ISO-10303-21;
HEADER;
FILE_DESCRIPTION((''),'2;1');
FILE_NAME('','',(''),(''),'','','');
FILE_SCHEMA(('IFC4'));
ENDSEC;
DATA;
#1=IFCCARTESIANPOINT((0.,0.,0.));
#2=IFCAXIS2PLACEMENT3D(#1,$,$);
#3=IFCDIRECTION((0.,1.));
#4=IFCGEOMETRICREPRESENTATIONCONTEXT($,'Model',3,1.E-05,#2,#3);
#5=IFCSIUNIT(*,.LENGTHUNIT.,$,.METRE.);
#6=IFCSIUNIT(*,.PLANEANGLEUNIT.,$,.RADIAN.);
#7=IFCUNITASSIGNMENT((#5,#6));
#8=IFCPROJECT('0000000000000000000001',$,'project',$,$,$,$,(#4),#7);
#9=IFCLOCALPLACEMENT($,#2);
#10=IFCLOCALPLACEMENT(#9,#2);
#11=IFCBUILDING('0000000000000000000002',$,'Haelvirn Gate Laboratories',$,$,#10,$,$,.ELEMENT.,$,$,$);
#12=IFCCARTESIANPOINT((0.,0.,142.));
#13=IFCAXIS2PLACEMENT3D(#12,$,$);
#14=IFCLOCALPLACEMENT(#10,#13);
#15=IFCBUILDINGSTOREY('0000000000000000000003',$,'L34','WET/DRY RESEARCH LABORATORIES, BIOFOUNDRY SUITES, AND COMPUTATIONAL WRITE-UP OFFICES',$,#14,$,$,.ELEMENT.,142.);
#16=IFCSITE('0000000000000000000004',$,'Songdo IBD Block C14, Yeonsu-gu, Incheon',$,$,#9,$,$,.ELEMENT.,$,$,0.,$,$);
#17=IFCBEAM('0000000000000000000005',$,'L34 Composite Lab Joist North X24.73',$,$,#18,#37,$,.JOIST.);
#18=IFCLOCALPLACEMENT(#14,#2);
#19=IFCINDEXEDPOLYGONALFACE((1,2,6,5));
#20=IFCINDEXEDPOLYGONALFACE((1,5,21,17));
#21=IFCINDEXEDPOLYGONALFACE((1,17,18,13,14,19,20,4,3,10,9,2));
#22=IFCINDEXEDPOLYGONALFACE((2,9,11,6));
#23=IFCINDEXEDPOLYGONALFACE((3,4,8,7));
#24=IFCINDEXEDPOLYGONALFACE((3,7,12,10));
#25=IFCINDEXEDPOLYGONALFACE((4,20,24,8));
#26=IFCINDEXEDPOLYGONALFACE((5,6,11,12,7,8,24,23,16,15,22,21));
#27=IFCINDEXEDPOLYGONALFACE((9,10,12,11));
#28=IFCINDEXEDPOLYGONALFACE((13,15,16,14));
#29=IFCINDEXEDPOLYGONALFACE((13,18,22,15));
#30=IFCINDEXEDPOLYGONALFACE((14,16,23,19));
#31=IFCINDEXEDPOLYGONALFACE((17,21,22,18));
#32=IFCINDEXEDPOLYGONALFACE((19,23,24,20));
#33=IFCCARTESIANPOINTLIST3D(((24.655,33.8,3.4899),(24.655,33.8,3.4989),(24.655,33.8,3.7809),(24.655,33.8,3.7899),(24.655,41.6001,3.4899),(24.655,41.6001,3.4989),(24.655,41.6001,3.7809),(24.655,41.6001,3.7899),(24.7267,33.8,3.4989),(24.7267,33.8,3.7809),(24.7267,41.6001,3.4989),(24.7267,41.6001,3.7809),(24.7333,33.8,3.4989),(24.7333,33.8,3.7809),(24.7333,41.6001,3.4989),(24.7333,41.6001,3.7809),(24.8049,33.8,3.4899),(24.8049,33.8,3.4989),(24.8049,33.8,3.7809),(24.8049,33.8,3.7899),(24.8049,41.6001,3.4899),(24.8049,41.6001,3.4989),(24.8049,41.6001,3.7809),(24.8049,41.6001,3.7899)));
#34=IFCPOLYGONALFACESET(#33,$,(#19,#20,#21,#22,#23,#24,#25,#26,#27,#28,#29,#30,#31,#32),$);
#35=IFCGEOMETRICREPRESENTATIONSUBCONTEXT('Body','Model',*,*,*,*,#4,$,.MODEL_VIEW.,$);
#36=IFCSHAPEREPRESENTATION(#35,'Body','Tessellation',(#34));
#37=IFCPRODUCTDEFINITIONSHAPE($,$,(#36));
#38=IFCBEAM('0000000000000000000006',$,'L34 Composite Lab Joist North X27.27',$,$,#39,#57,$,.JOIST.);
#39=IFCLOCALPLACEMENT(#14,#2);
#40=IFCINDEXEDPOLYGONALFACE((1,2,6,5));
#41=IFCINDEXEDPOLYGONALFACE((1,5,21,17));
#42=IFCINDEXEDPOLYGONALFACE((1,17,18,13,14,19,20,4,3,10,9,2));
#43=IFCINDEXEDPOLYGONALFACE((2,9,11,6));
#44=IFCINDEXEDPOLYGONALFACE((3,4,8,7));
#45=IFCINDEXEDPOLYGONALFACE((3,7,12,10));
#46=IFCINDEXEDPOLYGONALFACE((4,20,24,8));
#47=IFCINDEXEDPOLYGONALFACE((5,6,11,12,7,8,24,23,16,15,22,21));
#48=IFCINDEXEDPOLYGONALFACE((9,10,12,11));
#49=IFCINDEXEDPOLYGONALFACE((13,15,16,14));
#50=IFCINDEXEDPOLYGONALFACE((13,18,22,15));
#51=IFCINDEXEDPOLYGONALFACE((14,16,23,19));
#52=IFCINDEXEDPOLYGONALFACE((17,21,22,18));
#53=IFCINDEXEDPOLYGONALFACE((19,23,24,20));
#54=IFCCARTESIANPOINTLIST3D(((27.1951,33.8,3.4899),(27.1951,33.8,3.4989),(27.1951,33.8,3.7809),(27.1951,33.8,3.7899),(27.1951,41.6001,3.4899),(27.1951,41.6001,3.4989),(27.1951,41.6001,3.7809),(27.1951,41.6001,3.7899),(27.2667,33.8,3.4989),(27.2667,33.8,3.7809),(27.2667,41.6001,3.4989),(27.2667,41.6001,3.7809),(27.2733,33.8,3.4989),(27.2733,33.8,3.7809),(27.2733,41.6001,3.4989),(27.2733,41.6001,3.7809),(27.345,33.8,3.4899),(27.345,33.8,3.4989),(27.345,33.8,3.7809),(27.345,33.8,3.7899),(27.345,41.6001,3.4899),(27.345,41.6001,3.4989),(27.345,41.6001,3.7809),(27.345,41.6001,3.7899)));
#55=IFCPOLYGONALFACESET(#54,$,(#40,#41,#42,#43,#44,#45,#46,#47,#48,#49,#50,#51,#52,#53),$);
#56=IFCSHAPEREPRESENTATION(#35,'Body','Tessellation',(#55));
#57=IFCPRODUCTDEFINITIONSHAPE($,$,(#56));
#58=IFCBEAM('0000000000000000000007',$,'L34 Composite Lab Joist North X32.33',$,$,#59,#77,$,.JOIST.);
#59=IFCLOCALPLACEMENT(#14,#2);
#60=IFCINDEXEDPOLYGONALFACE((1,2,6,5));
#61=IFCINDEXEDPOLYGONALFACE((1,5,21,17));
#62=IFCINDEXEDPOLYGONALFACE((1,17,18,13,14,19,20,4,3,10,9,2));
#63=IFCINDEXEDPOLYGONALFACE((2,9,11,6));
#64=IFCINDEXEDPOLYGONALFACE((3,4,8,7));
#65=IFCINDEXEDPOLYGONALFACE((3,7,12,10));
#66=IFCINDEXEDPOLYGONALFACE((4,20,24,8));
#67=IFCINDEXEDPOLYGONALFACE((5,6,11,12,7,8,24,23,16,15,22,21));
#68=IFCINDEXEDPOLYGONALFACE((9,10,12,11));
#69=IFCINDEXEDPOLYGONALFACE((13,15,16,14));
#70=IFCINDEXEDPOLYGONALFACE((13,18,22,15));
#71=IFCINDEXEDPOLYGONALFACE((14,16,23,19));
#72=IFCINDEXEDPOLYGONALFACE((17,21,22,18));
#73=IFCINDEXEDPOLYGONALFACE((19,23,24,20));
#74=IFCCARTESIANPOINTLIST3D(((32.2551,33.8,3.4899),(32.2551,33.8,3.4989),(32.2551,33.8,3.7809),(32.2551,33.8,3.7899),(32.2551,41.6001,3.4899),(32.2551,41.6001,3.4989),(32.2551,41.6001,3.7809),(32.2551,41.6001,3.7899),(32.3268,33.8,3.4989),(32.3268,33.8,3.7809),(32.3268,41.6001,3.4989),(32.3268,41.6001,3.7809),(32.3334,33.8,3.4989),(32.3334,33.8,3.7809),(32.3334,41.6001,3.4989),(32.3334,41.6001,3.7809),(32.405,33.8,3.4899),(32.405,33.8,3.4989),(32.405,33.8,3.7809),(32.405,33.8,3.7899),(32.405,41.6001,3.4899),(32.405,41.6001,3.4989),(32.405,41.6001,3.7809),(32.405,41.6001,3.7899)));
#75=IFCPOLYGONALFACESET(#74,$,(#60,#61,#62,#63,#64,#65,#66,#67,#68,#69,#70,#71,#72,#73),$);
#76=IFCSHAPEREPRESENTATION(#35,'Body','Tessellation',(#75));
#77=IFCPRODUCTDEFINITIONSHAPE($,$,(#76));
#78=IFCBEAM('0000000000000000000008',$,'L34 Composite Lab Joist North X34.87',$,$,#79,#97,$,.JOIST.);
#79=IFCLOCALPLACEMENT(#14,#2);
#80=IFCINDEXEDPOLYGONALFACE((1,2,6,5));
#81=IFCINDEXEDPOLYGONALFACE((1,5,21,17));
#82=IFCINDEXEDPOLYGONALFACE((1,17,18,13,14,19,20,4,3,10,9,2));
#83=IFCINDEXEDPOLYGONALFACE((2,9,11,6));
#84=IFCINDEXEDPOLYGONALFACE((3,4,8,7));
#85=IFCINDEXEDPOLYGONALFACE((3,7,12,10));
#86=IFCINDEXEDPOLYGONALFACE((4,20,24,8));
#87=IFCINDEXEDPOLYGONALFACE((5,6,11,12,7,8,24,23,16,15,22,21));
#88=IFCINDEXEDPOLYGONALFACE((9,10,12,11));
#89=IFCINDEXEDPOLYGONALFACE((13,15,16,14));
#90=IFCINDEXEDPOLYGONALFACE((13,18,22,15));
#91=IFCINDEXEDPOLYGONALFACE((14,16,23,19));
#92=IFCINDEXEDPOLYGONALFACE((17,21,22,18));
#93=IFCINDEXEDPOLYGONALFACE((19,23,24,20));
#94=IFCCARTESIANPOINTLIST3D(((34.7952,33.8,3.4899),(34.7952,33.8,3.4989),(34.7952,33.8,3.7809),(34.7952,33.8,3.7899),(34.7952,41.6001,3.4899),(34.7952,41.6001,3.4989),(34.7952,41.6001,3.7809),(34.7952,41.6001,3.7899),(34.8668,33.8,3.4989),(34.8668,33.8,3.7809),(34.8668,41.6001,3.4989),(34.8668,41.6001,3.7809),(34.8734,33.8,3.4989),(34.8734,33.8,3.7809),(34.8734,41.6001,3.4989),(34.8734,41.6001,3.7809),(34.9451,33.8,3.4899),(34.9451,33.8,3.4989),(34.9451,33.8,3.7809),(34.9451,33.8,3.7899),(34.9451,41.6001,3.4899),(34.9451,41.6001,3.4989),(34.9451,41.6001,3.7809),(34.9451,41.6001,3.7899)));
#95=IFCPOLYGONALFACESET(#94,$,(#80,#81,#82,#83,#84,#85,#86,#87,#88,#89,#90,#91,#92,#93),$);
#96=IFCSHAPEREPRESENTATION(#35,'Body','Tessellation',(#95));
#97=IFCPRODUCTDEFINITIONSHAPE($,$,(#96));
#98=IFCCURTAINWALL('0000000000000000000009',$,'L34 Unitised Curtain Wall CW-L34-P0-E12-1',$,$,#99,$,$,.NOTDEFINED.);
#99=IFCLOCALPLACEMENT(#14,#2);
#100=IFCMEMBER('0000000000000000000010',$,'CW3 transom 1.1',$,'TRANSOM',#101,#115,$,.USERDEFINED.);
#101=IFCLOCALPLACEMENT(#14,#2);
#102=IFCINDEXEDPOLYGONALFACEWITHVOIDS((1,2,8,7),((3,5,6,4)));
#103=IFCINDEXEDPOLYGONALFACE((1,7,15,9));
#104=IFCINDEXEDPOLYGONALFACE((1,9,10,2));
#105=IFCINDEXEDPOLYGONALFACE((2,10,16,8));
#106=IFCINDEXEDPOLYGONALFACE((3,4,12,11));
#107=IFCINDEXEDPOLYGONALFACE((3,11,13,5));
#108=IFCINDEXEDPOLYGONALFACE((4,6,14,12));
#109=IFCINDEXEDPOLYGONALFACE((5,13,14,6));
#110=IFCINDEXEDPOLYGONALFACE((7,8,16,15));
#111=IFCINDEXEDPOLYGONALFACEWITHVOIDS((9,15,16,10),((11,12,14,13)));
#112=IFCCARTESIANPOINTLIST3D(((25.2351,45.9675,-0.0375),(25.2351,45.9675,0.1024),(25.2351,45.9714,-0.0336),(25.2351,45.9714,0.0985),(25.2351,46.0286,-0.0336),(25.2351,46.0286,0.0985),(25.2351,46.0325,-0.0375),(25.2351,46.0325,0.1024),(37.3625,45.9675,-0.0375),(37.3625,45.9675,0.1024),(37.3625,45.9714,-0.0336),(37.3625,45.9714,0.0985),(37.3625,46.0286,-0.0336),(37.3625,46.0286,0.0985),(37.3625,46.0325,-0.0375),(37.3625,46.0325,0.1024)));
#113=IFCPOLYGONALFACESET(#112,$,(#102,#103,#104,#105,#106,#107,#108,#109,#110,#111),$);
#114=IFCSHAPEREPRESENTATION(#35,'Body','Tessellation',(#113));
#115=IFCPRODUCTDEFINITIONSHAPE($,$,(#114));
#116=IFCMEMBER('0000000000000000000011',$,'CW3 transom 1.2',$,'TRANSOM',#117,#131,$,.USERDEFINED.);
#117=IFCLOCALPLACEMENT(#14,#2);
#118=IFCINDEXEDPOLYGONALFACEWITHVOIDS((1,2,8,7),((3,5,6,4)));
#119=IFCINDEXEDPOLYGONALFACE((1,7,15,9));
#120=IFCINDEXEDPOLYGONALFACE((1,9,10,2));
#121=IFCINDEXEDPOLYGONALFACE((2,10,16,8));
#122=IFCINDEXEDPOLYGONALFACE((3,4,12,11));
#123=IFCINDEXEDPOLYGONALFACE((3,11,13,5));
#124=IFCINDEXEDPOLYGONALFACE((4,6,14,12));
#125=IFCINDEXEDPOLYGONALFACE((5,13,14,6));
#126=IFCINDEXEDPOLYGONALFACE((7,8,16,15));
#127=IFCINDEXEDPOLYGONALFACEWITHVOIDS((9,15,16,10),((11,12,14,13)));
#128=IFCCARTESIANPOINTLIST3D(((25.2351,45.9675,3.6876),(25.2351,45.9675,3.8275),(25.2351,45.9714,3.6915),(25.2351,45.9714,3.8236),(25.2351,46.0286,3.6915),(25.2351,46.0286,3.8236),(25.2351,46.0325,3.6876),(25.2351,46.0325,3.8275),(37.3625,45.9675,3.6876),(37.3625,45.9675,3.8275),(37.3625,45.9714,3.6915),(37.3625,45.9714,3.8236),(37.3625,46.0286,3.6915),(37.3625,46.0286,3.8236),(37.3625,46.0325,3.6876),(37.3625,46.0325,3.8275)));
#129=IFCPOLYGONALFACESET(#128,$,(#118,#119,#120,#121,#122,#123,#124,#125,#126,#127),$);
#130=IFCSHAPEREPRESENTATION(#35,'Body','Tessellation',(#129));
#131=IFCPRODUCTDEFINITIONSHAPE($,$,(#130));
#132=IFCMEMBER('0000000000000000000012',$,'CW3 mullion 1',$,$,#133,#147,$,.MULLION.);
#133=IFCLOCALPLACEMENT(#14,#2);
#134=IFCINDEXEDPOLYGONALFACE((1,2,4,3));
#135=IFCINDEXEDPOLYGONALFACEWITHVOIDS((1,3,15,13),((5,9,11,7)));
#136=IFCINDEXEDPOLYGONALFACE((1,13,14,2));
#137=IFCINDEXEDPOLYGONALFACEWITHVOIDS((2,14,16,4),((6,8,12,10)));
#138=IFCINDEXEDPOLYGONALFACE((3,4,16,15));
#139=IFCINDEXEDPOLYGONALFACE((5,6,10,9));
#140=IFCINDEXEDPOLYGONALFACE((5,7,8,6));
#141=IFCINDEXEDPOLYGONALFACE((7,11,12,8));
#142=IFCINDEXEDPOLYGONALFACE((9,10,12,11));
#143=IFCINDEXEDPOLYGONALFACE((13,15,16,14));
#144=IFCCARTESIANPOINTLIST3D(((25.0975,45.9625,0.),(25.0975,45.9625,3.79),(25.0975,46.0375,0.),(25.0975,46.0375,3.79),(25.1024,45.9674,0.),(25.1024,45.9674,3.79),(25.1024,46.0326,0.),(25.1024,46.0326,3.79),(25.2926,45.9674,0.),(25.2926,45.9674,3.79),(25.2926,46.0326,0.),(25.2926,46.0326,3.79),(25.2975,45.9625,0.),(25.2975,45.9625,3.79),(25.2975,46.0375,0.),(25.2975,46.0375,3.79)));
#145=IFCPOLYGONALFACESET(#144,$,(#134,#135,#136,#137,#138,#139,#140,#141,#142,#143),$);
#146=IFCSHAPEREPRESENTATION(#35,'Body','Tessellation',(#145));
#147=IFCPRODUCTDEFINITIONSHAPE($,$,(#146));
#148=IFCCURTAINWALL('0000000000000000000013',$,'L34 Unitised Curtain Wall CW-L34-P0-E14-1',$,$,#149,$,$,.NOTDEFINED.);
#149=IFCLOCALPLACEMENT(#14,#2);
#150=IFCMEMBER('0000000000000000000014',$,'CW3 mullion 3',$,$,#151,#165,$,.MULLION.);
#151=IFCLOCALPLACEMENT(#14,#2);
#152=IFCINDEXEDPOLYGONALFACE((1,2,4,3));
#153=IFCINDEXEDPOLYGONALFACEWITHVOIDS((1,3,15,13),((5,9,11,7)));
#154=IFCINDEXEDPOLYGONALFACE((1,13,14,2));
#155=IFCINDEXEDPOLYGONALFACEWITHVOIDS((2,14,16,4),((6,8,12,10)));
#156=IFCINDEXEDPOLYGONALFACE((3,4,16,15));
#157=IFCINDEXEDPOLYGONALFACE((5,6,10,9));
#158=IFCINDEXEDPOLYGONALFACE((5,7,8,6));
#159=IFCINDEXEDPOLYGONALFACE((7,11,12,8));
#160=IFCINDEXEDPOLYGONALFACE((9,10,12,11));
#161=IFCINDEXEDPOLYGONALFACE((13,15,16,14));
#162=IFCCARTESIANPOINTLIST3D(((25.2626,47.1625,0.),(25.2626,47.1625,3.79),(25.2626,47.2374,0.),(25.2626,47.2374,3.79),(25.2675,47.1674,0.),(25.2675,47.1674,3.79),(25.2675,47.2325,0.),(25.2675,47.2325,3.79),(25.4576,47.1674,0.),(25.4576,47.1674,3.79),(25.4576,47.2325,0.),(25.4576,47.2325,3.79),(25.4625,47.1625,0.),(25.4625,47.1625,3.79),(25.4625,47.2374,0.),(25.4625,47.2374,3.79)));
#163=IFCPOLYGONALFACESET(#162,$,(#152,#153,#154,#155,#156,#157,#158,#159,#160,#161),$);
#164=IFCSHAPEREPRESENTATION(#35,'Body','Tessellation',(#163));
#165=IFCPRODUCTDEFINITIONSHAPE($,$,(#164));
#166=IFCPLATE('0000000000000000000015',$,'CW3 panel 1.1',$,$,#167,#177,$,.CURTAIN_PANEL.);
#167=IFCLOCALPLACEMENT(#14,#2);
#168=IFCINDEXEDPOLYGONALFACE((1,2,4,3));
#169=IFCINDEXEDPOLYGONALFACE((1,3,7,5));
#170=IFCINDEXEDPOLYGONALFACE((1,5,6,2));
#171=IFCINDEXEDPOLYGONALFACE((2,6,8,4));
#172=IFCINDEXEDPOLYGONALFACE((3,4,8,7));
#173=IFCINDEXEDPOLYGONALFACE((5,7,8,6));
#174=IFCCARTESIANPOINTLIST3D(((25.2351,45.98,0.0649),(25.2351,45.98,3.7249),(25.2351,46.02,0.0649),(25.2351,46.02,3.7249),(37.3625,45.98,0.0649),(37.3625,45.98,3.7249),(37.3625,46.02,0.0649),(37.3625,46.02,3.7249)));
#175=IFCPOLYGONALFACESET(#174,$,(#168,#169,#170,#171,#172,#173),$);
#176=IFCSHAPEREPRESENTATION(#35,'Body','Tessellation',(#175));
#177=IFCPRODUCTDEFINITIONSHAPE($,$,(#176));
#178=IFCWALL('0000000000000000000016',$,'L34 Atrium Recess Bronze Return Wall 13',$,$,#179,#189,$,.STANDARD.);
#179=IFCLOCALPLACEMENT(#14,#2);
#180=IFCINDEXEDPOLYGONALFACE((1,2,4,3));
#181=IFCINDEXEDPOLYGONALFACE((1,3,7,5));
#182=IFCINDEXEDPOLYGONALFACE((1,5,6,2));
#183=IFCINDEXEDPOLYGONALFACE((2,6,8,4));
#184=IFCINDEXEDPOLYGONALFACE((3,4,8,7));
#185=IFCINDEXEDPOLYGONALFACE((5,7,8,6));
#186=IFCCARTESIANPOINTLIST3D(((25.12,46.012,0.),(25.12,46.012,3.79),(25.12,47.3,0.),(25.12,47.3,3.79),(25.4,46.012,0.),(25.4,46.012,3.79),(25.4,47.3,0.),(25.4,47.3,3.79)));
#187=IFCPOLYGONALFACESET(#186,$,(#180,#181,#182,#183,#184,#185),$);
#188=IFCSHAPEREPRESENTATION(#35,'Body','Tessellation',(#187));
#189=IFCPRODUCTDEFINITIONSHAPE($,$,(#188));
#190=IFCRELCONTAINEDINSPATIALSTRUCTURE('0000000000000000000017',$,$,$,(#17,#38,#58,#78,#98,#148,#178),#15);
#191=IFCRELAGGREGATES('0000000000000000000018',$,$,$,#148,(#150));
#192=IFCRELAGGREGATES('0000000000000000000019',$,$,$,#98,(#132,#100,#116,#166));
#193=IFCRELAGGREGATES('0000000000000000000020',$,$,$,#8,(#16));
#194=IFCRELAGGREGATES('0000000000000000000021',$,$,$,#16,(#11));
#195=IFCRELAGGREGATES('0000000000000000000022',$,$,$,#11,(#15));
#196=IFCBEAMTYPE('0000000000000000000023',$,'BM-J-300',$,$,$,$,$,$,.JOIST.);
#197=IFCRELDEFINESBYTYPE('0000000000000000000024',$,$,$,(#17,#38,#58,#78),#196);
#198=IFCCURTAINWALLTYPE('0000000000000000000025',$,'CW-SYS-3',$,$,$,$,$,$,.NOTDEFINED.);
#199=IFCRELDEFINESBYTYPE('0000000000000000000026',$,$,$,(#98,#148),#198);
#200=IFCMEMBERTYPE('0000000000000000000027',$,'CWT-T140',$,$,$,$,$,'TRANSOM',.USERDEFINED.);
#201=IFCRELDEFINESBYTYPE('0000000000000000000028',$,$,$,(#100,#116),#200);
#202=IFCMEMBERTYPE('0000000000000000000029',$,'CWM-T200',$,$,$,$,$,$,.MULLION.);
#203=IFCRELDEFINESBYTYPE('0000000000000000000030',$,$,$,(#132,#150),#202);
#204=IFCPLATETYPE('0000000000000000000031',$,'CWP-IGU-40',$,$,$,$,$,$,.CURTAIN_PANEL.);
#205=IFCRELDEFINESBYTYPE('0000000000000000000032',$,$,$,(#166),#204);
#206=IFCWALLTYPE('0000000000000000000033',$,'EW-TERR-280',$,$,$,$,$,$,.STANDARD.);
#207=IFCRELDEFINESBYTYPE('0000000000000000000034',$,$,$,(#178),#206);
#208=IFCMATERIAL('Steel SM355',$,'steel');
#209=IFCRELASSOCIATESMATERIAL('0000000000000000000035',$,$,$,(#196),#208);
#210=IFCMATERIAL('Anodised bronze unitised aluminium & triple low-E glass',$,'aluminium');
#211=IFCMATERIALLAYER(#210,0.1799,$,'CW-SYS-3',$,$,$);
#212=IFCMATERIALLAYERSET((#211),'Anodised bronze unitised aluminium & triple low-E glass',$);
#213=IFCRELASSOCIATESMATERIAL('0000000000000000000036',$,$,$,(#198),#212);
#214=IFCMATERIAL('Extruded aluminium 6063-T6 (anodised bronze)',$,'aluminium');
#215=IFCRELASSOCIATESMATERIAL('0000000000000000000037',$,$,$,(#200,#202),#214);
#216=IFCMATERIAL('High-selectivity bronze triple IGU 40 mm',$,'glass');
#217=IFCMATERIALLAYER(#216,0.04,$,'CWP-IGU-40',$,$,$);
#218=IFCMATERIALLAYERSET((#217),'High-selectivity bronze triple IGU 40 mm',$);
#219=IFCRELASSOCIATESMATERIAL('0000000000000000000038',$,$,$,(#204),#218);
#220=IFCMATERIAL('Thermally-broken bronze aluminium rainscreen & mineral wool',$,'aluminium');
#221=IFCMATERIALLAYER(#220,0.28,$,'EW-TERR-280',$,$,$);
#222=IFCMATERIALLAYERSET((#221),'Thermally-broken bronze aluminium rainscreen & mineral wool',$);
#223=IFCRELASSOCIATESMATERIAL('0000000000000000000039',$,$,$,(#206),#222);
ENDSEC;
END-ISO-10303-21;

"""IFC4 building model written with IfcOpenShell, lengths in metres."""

from ifc_helpers import new_model, si_unit, direction, frame, frame_2d, origin, origin_2d, place, context, subcontext, project, spatial, rectangle, hollow_rectangle, i_section, extrude, source, transform, mapped, material, layer, layer_set, material_profile, profile_set, type_object, type_shapes, element, aggregate, save


model = new_model("IFC4")

# Units and contexts
model_context = context("Model", 3, precision=1e-05, world=origin(), true_north=direction((0.0, 1.0)))
body_context = subcontext(model_context, "Body", "Model", "MODEL_VIEW")
ifc_project = project(units=[si_unit("LENGTHUNIT", "METRE"), si_unit("PLANEANGLEUNIT", "RADIAN")], contexts=[model_context])

# Site, building, storey
site_placement = place(None, origin())
site = spatial("IfcSite", under=ifc_project, at=site_placement, Name="Songdo IBD Block C14, Yeonsu-gu, Incheon", CompositionType="ELEMENT", RefElevation=0.0)
building_placement = place(site_placement, origin())
building = spatial("IfcBuilding", under=site, at=building_placement, Name="Haelvirn Gate Laboratories", CompositionType="ELEMENT")
storey_placement = place(building_placement, frame((0.0, 0.0, 142.0)))
storey = spatial("IfcBuildingStorey", under=building, at=storey_placement, Name="L34", Description="WET/DRY RESEARCH LABORATORIES, BIOFOUNDRY SUITES, AND COMPUTATIONAL WRITE-UP OFFICES", CompositionType="ELEMENT", Elevation=142.0)

# Shared definitions
ifc_material_1 = material(Name="Steel SM355", Category="steel")

# Beams
ifc_material_profile_1 = material_profile(ifc_material_1, i_section(OverallWidth=0.1499, OverallDepth=0.3, WebThickness=0.0066, FlangeThickness=0.009, at=origin_2d()), Name="H-300x150x6.5x9")
ifc_profile_set_1 = profile_set([ifc_material_profile_1], Name="Steel SM355")
beam_type_1 = type_object("IfcBeamType", Name="BM-J-300", PredefinedType="JOIST", material=ifc_profile_set_1)
shared_shape_1 = source(origin(), body_context, "Body", "SweptSolid", [
    extrude(i_section(OverallWidth=0.1499, OverallDepth=0.3, WebThickness=0.0066, FlangeThickness=0.009, at=origin_2d()), origin(), (0.0, 0.0, 1.0), 7.8),
])
type_shapes(beam_type_1, [shared_shape_1])
for number, where, z_axis, x_axis, name in (
    (1, (24.73, 33.8, 3.6399), (0.0, 1.0, 0.0), (-1.0, 0.0, 0.0), "L34 Composite Lab Joist North X24.73"),
    (2, (27.27, 33.8, 3.6399), (0.0, 1.0, 0.0), (-1.0, 0.0, 0.0), "L34 Composite Lab Joist North X27.27"),
    (3, (32.3301, 33.8, 3.6399), (0.0, 1.0, 0.0), (-1.0, 0.0, 0.0), "L34 Composite Lab Joist North X32.33"),
    (4, (34.8701, 33.8, 3.6399), (0.0, 1.0, 0.0), (-1.0, 0.0, 0.0), "L34 Composite Lab Joist North X34.87"),
):
    element("IfcBeam", number, at=place(storey_placement, frame(where, z_axis=z_axis, x_axis=x_axis)), inside=storey, type_object=beam_type_1, Name=name, PredefinedType="JOIST", context=body_context, shape_type="MappedRepresentation", body=[
        mapped(shared_shape_1, transform((0.0, 0.0, 0.0), scale=1.0)),
    ])

# Curtain wall, members
ifc_material_2 = material(Name="Anodised bronze unitised aluminium & triple low-E glass", Category="aluminium")
ifc_layer_1 = layer(ifc_material_2, 0.1799, Name="CW-SYS-3")
ifc_layer_set_1 = layer_set([ifc_layer_1], Name="Anodised bronze unitised aluminium & triple low-E glass")
curtain_wall_type = type_object("IfcCurtainWallType", Name="CW-SYS-3", PredefinedType="NOTDEFINED", material=ifc_layer_set_1)
curtain_wall_1_placement = place(storey_placement, origin())
curtain_wall_1 = element("IfcCurtainWall", 5, at=curtain_wall_1_placement, inside=storey, type_object=curtain_wall_type, Name="L34 Unitised Curtain Wall CW-L34-P0-E12-1", PredefinedType="NOTDEFINED")
ifc_material_3 = material(Name="Extruded aluminium 6063-T6 (anodised bronze)", Category="aluminium")
ifc_material_profile_2 = material_profile(ifc_material_3, hollow_rectangle(XDim=0.0649, YDim=0.1399, WallThickness=0.0039, at=origin_2d()), Name="CWT-140x65x4")
ifc_profile_set_2 = profile_set([ifc_material_profile_2], Name="Extruded aluminium 6063-T6 (anodised bronze)")
member_type_1 = type_object("IfcMemberType", Name="CWT-T140", ElementType="TRANSOM", PredefinedType="USERDEFINED", material=ifc_profile_set_2)
shared_shape_2 = source(origin(), body_context, "Body", "SweptSolid", [
    extrude(hollow_rectangle(XDim=0.0649, YDim=0.1399, WallThickness=0.0039, at=origin_2d()), origin(), (0.0, 0.0, 1.0), 12.1274),
])
type_shapes(member_type_1, [shared_shape_2])
member_1_placement = place(storey_placement, frame((25.2351, 46.0, 0.0325), z_axis=(1.0, 0.0, 0.0), x_axis=(0.0, 1.0, 0.0)))
member_1 = element("IfcMember", 6, at=member_1_placement, type_object=member_type_1, Name="CW3 transom 1.1", ObjectType="TRANSOM", PredefinedType="USERDEFINED", context=body_context, shape_type="MappedRepresentation", body=[
    mapped(shared_shape_2, transform((0.0, 0.0, 0.0), scale=1.0)),
])
member_2_placement = place(storey_placement, frame((25.2351, 46.0, 3.7576), z_axis=(1.0, 0.0, 0.0), x_axis=(0.0, 1.0, 0.0)))
member_2 = element("IfcMember", 7, at=member_2_placement, type_object=member_type_1, Name="CW3 transom 1.2", ObjectType="TRANSOM", PredefinedType="USERDEFINED", context=body_context, shape_type="MappedRepresentation", body=[
    mapped(shared_shape_2, transform((0.0, 0.0, 0.0), scale=1.0)),
])
ifc_material_profile_3 = material_profile(ifc_material_3, hollow_rectangle(XDim=0.075, YDim=0.2, WallThickness=0.0049, at=origin_2d()), Name="CWM-200x75x5")
ifc_profile_set_3 = profile_set([ifc_material_profile_3], Name="Extruded aluminium 6063-T6 (anodised bronze)")
member_type_2 = type_object("IfcMemberType", Name="CWM-T200", PredefinedType="MULLION", material=ifc_profile_set_3)
shared_shape_3 = source(origin(), body_context, "Body", "SweptSolid", [
    extrude(hollow_rectangle(XDim=0.075, YDim=0.2, WallThickness=0.0049, at=origin_2d()), origin(), (0.0, 0.0, 1.0), 3.79),
])
type_shapes(member_type_2, [shared_shape_3])
member_3_placement = place(storey_placement, frame((25.1975, 46.0, 0.0), z_axis=(0.0, 0.0, 1.0), x_axis=(0.0, 1.0, 0.0)))
member_3 = element("IfcMember", 8, at=member_3_placement, type_object=member_type_2, Name="CW3 mullion 1", PredefinedType="MULLION", context=body_context, shape_type="MappedRepresentation", body=[
    mapped(shared_shape_3, transform((0.0, 0.0, 0.0), scale=1.0)),
])

# Curtain wall, member
curtain_wall_2_placement = place(storey_placement, origin())
curtain_wall_2 = element("IfcCurtainWall", 9, at=curtain_wall_2_placement, inside=storey, type_object=curtain_wall_type, Name="L34 Unitised Curtain Wall CW-L34-P0-E14-1", PredefinedType="NOTDEFINED")
member_4_placement = place(storey_placement, frame((25.3625, 47.2, 0.0), z_axis=(0.0, 0.0, 1.0), x_axis=(0.0, 1.0, 0.0)))
member_4 = element("IfcMember", 10, at=member_4_placement, type_object=member_type_2, Name="CW3 mullion 3", PredefinedType="MULLION", context=body_context, shape_type="MappedRepresentation", body=[
    mapped(shared_shape_3, transform((0.0, 0.0, 0.0), scale=1.0)),
])
aggregate(curtain_wall_2, [member_4])

# Plate
ifc_material_4 = material(Name="High-selectivity bronze triple IGU 40 mm", Category="glass")
ifc_layer_2 = layer(ifc_material_4, 0.04, Name="CWP-IGU-40")
ifc_layer_set_2 = layer_set([ifc_layer_2], Name="High-selectivity bronze triple IGU 40 mm")
plate_type = type_object("IfcPlateType", Name="CWP-IGU-40", PredefinedType="CURTAIN_PANEL", material=ifc_layer_set_2)
shared_shape_4 = source(origin(), body_context, "Body", "SweptSolid", [
    extrude(rectangle(XDim=12.1274, YDim=0.04, at=origin_2d()), origin(), (0.0, 0.0, 1.0), 3.6599),
])
type_shapes(plate_type, [shared_shape_4])
plate_placement = place(storey_placement, frame((31.2988, 46.0, 0.0649), z_axis=(0.0, 0.0, 1.0), x_axis=(1.0, 0.0, 0.0)))
plate = element("IfcPlate", 11, at=plate_placement, type_object=plate_type, Name="CW3 panel 1.1", PredefinedType="CURTAIN_PANEL", context=body_context, shape_type="MappedRepresentation", body=[
    mapped(shared_shape_4, transform((0.0, 0.0, 0.0), scale=1.0)),
])
aggregate(curtain_wall_1, [member_3, member_1, member_2, plate])

# Wall
ifc_material_5 = material(Name="Thermally-broken bronze aluminium rainscreen & mineral wool", Category="aluminium")
ifc_layer_3 = layer(ifc_material_5, 0.28, Name="EW-TERR-280")
ifc_layer_set_3 = layer_set([ifc_layer_3], Name="Thermally-broken bronze aluminium rainscreen & mineral wool")
wall_type_1 = type_object("IfcWallType", Name="EW-TERR-280", PredefinedType="STANDARD", material=ifc_layer_set_3)
wall_1_placement = place(storey_placement, frame((25.26, 46.012, 0.0), z_axis=(0.0, 0.0, 1.0), x_axis=(0.0, 1.0, 0.0)))
element("IfcWall", 12, at=wall_1_placement, inside=storey, type_object=wall_type_1, Name="L34 Atrium Recess Bronze Return Wall 13", PredefinedType="STANDARD", context=body_context, shape_type="SweptSolid", body=[
    extrude(rectangle(XDim=1.2881, YDim=0.28, at=frame_2d((0.644, 0.0))), origin(), (0.0, 0.0, 1.0), 3.79),
])

save(model, "model.ifc")
